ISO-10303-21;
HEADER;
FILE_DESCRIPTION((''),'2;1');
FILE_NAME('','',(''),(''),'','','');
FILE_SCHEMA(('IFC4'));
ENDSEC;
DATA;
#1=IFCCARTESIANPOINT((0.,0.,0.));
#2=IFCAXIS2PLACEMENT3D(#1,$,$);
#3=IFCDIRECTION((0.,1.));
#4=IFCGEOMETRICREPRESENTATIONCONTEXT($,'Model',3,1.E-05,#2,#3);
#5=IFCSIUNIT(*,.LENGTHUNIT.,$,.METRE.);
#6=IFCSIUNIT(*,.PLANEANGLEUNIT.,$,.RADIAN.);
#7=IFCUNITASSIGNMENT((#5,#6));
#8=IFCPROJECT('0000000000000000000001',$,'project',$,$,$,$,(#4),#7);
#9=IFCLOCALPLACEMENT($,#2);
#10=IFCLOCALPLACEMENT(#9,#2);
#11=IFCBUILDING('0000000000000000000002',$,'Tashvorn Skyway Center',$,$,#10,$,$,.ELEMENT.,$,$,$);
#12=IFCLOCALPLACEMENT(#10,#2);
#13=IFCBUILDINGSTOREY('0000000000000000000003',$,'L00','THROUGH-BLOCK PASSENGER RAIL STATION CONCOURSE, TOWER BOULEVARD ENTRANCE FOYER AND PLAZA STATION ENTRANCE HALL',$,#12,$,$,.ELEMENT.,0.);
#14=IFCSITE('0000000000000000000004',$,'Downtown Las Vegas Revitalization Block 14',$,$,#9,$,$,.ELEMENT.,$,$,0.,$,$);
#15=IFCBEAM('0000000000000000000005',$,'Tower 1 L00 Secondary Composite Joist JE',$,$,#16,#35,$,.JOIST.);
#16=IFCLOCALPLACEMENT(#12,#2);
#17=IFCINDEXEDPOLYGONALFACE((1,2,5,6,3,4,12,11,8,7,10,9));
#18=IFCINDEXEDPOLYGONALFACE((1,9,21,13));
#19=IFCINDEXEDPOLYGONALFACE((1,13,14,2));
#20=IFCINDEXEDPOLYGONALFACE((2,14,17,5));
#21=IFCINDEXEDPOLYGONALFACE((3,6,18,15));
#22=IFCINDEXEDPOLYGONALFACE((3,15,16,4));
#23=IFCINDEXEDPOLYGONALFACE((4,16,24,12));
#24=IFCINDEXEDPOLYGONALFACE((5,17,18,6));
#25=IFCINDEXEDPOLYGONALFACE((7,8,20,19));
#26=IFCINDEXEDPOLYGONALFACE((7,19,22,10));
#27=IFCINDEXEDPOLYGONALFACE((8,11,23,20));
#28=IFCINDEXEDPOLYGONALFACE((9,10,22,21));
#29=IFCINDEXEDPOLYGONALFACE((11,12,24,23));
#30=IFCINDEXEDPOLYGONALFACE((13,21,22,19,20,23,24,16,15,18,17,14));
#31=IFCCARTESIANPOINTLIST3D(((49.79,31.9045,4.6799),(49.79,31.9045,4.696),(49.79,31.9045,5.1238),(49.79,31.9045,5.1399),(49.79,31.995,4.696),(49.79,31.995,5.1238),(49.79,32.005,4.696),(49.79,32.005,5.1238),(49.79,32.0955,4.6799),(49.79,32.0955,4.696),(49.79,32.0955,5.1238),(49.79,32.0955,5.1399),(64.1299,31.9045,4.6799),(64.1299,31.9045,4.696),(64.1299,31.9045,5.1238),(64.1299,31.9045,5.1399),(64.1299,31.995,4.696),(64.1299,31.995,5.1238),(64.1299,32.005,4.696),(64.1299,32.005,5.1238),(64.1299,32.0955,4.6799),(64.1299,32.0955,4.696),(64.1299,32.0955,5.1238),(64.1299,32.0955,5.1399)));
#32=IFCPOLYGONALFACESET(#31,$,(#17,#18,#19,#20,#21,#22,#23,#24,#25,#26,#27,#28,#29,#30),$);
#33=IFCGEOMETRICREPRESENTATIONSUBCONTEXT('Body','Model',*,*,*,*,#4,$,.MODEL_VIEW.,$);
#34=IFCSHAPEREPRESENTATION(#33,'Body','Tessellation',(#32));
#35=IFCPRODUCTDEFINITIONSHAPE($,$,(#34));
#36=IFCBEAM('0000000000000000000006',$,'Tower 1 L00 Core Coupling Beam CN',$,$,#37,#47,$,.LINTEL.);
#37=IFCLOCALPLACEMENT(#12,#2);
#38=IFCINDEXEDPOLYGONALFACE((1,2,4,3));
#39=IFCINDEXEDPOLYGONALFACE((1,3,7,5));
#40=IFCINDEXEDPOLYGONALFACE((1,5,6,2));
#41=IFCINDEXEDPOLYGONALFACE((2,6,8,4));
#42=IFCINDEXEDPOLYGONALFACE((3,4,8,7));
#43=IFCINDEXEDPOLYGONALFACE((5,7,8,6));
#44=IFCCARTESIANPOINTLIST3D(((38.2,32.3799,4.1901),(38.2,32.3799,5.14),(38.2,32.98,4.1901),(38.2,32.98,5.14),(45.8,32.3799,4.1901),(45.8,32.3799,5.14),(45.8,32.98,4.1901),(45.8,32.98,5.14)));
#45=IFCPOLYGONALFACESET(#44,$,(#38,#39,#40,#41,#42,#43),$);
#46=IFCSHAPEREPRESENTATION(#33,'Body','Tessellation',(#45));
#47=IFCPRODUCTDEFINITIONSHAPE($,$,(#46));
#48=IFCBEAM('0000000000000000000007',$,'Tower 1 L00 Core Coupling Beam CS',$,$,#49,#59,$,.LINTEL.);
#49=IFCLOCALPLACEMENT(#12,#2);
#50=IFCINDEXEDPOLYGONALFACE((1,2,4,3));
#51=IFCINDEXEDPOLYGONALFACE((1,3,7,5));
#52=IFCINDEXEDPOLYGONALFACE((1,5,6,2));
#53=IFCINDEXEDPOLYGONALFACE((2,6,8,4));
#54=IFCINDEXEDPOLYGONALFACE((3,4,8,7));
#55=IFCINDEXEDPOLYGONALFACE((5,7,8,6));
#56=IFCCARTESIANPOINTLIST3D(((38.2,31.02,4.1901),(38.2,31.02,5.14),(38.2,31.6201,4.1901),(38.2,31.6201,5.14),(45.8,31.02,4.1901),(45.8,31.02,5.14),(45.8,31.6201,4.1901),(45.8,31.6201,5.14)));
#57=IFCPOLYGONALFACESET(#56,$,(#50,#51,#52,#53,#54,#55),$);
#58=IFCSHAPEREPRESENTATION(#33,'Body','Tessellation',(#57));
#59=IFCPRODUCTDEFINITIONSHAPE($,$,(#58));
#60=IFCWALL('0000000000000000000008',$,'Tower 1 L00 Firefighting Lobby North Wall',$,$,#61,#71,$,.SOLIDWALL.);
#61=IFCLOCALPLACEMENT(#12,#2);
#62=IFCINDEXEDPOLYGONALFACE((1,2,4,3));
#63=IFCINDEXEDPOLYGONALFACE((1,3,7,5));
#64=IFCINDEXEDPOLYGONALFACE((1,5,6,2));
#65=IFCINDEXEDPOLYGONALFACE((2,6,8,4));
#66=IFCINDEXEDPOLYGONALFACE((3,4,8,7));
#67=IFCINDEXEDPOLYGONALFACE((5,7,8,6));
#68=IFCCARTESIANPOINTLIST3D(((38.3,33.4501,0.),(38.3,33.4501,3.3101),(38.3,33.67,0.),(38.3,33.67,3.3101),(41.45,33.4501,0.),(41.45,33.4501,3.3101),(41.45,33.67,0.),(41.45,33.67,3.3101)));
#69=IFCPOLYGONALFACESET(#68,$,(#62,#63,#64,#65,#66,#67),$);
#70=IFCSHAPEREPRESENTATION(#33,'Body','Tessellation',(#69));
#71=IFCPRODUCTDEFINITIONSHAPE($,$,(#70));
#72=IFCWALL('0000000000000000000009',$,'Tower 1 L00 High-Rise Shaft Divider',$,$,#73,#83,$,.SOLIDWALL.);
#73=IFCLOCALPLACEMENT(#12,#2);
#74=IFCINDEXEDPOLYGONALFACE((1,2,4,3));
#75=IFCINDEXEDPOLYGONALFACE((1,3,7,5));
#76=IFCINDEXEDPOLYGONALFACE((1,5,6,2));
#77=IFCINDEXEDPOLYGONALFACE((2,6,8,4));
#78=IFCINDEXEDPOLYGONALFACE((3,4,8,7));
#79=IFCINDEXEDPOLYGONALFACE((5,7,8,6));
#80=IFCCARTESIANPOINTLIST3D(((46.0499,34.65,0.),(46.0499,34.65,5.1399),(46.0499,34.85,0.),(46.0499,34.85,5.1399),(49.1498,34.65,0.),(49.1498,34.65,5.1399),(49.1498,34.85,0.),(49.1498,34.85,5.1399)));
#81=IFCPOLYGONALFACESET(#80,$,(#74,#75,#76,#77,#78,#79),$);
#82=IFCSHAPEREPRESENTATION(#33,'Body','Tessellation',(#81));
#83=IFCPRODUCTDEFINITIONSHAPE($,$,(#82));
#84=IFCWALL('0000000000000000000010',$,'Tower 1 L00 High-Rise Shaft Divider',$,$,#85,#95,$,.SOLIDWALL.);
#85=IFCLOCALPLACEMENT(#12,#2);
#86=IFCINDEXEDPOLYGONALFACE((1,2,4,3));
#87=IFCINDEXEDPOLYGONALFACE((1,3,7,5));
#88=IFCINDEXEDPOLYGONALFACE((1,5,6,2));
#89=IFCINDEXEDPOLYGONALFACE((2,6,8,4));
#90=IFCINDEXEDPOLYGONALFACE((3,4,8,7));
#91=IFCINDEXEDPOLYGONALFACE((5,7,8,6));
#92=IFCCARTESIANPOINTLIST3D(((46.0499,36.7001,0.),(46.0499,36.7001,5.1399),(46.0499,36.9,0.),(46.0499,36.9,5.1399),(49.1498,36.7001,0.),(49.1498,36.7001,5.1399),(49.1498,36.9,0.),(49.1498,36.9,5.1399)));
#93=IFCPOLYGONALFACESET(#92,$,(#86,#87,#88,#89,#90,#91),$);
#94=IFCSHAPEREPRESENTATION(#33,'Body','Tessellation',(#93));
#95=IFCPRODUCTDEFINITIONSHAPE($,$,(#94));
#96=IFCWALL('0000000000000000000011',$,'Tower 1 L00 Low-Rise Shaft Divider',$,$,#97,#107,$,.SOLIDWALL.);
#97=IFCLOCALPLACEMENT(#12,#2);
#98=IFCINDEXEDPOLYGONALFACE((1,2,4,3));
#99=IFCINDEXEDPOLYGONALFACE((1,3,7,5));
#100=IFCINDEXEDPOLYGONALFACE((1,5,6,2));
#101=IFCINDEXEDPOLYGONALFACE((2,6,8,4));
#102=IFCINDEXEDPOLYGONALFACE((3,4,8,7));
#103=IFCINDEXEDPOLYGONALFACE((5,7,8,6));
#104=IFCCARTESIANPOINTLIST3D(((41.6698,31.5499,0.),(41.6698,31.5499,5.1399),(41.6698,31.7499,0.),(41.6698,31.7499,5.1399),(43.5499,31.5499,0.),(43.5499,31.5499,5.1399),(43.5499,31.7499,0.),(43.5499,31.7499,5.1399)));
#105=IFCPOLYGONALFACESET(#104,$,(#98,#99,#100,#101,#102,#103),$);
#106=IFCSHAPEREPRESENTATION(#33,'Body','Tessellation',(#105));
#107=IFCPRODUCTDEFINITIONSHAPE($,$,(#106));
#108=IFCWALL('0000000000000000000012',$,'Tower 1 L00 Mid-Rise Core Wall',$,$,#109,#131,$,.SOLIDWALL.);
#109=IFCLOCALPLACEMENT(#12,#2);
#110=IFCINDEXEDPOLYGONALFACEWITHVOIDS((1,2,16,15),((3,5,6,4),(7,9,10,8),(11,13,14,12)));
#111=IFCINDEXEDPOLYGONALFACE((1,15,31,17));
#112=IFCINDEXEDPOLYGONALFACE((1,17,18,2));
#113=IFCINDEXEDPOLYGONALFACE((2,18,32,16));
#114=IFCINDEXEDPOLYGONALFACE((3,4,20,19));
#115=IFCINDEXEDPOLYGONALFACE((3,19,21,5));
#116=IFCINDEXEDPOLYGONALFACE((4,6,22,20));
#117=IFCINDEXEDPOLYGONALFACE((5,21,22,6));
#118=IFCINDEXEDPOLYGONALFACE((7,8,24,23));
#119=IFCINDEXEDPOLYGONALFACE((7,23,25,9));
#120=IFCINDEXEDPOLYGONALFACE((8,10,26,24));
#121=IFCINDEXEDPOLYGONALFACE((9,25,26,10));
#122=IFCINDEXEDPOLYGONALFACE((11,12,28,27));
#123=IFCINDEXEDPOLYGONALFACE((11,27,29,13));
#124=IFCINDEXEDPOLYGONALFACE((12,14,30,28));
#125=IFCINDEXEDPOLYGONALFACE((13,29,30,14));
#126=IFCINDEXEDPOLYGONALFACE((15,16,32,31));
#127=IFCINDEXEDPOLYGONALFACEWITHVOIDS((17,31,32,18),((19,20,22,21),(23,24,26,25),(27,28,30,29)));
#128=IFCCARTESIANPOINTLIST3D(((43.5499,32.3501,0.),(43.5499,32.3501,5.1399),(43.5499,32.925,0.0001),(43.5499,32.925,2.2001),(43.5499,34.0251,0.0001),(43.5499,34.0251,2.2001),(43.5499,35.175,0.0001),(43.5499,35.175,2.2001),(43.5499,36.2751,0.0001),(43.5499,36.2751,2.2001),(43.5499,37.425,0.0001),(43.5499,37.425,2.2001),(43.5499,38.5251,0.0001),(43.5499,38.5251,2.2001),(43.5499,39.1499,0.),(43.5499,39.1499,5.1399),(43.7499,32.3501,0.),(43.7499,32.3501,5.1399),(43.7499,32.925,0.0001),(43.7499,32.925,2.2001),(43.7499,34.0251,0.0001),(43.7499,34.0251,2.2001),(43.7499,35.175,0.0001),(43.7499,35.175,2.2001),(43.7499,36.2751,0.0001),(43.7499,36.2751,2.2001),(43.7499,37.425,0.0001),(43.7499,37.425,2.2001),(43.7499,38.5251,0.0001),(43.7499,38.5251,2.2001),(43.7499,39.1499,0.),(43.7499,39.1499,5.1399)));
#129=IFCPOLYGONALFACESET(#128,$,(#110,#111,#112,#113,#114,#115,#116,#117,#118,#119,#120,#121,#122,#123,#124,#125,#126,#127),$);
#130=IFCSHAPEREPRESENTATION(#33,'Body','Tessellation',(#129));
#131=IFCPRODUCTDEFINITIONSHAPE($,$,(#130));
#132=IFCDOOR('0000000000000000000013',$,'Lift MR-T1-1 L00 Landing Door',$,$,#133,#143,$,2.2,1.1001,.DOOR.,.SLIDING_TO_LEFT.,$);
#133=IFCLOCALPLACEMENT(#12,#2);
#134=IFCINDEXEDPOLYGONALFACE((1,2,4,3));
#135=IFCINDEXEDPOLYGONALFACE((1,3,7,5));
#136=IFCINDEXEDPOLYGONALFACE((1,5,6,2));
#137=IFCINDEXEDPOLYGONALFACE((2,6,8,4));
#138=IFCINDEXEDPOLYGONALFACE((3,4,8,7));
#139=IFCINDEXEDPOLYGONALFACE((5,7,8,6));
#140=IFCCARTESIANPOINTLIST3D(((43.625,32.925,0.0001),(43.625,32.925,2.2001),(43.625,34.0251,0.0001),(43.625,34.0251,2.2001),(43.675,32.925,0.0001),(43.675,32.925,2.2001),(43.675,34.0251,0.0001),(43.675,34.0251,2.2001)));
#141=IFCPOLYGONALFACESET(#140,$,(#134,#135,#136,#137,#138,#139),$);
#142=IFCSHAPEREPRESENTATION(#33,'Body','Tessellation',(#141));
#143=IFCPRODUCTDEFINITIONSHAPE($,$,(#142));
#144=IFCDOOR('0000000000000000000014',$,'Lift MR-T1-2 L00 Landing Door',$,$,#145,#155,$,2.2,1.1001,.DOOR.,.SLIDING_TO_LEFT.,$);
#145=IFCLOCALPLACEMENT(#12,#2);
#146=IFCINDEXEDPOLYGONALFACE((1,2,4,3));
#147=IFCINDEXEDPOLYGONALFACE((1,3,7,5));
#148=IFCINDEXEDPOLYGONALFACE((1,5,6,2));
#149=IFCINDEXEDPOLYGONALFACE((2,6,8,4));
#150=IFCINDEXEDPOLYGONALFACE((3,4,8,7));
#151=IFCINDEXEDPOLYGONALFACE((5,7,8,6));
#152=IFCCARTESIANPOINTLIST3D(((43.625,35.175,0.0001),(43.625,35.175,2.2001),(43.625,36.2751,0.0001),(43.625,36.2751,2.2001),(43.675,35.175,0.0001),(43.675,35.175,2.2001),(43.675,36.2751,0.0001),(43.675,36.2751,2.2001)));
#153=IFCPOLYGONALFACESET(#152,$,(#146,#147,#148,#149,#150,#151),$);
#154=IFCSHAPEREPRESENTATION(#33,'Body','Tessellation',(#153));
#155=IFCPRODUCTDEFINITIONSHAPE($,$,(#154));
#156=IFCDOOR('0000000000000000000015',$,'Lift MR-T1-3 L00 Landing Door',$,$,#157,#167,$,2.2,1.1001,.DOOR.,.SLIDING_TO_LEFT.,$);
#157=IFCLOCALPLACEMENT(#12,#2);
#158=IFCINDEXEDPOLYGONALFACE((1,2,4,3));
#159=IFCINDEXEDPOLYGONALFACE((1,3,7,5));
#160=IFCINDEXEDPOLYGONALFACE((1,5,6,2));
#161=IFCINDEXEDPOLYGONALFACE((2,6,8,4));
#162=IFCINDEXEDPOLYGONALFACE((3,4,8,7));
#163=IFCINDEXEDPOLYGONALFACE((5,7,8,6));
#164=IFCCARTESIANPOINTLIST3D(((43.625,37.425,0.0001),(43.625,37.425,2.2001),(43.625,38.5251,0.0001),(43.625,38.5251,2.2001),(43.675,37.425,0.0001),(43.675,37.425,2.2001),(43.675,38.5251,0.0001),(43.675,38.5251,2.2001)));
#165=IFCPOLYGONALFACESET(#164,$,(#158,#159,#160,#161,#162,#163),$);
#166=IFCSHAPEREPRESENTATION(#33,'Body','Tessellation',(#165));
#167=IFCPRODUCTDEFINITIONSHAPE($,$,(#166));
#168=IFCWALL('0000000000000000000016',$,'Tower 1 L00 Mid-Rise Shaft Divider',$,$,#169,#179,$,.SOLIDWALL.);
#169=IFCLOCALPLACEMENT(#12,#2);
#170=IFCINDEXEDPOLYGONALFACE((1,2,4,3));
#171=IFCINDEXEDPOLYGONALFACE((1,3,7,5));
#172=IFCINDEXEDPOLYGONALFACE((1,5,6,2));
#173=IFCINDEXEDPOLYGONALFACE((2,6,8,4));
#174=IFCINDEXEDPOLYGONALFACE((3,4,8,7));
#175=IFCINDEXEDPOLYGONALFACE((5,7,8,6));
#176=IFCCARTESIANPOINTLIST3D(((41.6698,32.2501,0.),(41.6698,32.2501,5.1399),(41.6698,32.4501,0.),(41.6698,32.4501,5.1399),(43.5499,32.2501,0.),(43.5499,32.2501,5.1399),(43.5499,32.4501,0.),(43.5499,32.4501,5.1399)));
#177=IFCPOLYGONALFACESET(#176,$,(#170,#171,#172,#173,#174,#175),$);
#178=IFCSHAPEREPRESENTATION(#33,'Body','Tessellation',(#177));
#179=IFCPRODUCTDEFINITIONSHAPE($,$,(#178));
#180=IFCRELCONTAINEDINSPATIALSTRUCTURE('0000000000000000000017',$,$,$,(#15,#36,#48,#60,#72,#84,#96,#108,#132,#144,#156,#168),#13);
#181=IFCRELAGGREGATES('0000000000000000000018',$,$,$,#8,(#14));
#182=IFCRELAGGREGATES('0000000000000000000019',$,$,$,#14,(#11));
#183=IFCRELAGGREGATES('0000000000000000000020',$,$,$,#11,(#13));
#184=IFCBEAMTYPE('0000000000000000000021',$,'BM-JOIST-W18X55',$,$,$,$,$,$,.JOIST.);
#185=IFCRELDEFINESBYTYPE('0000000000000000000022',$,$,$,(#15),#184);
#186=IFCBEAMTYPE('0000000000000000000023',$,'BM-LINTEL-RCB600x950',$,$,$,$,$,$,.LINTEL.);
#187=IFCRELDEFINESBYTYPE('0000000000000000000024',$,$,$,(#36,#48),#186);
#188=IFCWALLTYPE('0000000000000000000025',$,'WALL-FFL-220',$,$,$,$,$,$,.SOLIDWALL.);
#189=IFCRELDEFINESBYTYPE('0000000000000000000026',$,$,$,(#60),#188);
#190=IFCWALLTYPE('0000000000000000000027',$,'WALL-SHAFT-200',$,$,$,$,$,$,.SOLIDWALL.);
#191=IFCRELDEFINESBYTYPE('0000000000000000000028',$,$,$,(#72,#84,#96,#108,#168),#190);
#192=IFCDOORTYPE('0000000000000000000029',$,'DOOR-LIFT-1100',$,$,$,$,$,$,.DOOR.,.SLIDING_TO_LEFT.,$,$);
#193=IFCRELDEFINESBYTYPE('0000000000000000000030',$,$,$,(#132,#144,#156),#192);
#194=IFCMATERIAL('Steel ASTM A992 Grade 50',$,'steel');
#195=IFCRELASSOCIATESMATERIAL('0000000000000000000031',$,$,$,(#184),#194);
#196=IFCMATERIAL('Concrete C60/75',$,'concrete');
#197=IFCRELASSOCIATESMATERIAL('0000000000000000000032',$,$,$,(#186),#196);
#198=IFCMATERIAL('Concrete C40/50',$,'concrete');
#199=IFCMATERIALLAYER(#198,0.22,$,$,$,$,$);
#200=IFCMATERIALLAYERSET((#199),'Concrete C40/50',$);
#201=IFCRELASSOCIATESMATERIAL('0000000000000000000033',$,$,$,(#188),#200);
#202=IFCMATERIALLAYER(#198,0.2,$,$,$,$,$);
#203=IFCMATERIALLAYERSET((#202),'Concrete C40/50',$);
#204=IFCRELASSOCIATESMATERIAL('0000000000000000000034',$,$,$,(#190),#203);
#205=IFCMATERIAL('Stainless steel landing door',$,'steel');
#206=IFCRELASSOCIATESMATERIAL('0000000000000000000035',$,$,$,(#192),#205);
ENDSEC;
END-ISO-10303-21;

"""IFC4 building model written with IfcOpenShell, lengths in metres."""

from ifc_helpers import new_model, si_unit, direction, frame, frame_2d, origin, origin_2d, place, context, subcontext, project, spatial, rectangle, i_section, extrude, material, layer, layer_set, material_profile, profile_set, type_object, element, fill, save


model = new_model("IFC4")

# Units and contexts
model_context = context("Model", 3, precision=1e-05, world=origin(), true_north=direction((0.0, 1.0)))
body_context = subcontext(model_context, "Body", "Model", "MODEL_VIEW")
ifc_project = project(units=[si_unit("LENGTHUNIT", "METRE"), si_unit("PLANEANGLEUNIT", "RADIAN")], contexts=[model_context])

# Site, building, storey
site_placement = place(None, origin())
site = spatial("IfcSite", under=ifc_project, at=site_placement, Name="Downtown Las Vegas Revitalization Block 14", CompositionType="ELEMENT", RefElevation=0.0)
building_placement = place(site_placement, origin())
building = spatial("IfcBuilding", under=site, at=building_placement, Name="Tashvorn Skyway Center", CompositionType="ELEMENT")
storey_placement = place(building_placement, origin())
storey = spatial("IfcBuildingStorey", under=building, at=storey_placement, Name="L00", Description="THROUGH-BLOCK PASSENGER RAIL STATION CONCOURSE, TOWER BOULEVARD ENTRANCE FOYER AND PLAZA STATION ENTRANCE HALL", CompositionType="ELEMENT", Elevation=0.0)

# Beams
ifc_material_1 = material(Name="Steel ASTM A992 Grade 50", Category="steel")
ifc_material_profile_1 = material_profile(ifc_material_1, i_section(OverallWidth=0.1909, OverallDepth=0.46, WebThickness=0.01, FlangeThickness=0.0161, at=origin_2d()), Name="W18X55")
ifc_profile_set_1 = profile_set([ifc_material_profile_1], Name="Steel ASTM A992 Grade 50")
beam_type_1 = type_object("IfcBeamType", Name="BM-JOIST-W18X55", PredefinedType="JOIST", material=ifc_profile_set_1)
beam_placement = place(storey_placement, frame((49.79, 32.0, 4.9099), z_axis=(1.0, 0.0, 0.0), x_axis=(0.0, 1.0, 0.0)))
element("IfcBeam", 1, at=beam_placement, inside=storey, type_object=beam_type_1, Name="Tower 1 L00 Secondary Composite Joist JE", PredefinedType="JOIST", context=body_context, shape_type="SweptSolid", body=[
    extrude(i_section(OverallWidth=0.1909, OverallDepth=0.46, WebThickness=0.01, FlangeThickness=0.0161, at=origin_2d()), origin(), (0.0, 0.0, 1.0), 14.3398),
])
ifc_material_2 = material(Name="Concrete C60/75", Category="concrete")
ifc_material_profile_2 = material_profile(ifc_material_2, rectangle(XDim=0.6001, YDim=0.95, at=origin_2d()), Name="RCB600x950")
ifc_profile_set_2 = profile_set([ifc_material_profile_2], Name="Concrete C60/75")
beam_type_2 = type_object("IfcBeamType", Name="BM-LINTEL-RCB600x950", PredefinedType="LINTEL", material=ifc_profile_set_2)
for number, where, z_axis, x_axis, name in (
    (2, (38.2, 32.6799, 4.665), (1.0, 0.0, 0.0), (0.0, 1.0, 0.0), "Tower 1 L00 Core Coupling Beam CN"),
    (3, (38.2, 31.3201, 4.665), (1.0, 0.0, 0.0), (0.0, 1.0, 0.0), "Tower 1 L00 Core Coupling Beam CS"),
):
    element("IfcBeam", number, at=place(storey_placement, frame(where, z_axis=z_axis, x_axis=x_axis)), inside=storey, type_object=beam_type_2, Name=name, PredefinedType="LINTEL", context=body_context, shape_type="SweptSolid", body=[
        extrude(rectangle(XDim=0.6001, YDim=0.95, at=origin_2d()), origin(), (0.0, 0.0, 1.0), 7.6001),
    ])

# Walls
ifc_material_3 = material(Name="Concrete C40/50", Category="concrete")
ifc_layer_1 = layer(ifc_material_3, 0.22)
ifc_layer_set_1 = layer_set([ifc_layer_1], Name="Concrete C40/50")
wall_type_1 = type_object("IfcWallType", Name="WALL-FFL-220", PredefinedType="SOLIDWALL", material=ifc_layer_set_1)
wall_1_placement = place(storey_placement, frame((38.3, 33.5601, 0.0), z_axis=(0.0, 0.0, 1.0), x_axis=(1.0, 0.0, 0.0)))
element("IfcWall", 4, at=wall_1_placement, inside=storey, type_object=wall_type_1, Name="Tower 1 L00 Firefighting Lobby North Wall", PredefinedType="SOLIDWALL", context=body_context, shape_type="SweptSolid", body=[
    extrude(rectangle(XDim=3.1499, YDim=0.22, at=frame_2d((1.575, 0.0))), origin(), (0.0, 0.0, 1.0), 3.3101),
])
ifc_layer_2 = layer(ifc_material_3, 0.2)
ifc_layer_set_2 = layer_set([ifc_layer_2], Name="Concrete C40/50")
wall_type_2 = type_object("IfcWallType", Name="WALL-SHAFT-200", PredefinedType="SOLIDWALL", material=ifc_layer_set_2)
for number, where, z_axis, x_axis, name in (
    (5, (46.05, 34.75, 0.0), (0.0, 0.0, 1.0), (1.0, 0.0, 0.0), "Tower 1 L00 High-Rise Shaft Divider"),
    (6, (46.05, 36.8, 0.0), (0.0, 0.0, 1.0), (1.0, 0.0, 0.0), "Tower 1 L00 High-Rise Shaft Divider"),
):
    element("IfcWall", number, at=place(storey_placement, frame(where, z_axis=z_axis, x_axis=x_axis)), inside=storey, type_object=wall_type_2, Name=name, PredefinedType="SOLIDWALL", context=body_context, shape_type="SweptSolid", body=[
        extrude(rectangle(XDim=3.0999, YDim=0.2, at=frame_2d((1.5498, 0.0))), origin(), (0.0, 0.0, 1.0), 5.1399),
    ])
wall_2_placement = place(storey_placement, frame((41.6699, 31.6499, 0.0), z_axis=(0.0, 0.0, 1.0), x_axis=(1.0, 0.0, 0.0)))
element("IfcWall", 7, at=wall_2_placement, inside=storey, type_object=wall_type_2, Name="Tower 1 L00 Low-Rise Shaft Divider", PredefinedType="SOLIDWALL", context=body_context, shape_type="SweptSolid", body=[
    extrude(rectangle(XDim=1.8801, YDim=0.2, at=frame_2d((0.9399, 0.0))), origin(), (0.0, 0.0, 1.0), 5.1399),
])

# Wall, openings, doors
wall_3_placement = place(storey_placement, frame((43.6499, 32.3501, 0.0), z_axis=(0.0, 0.0, 1.0), x_axis=(0.0, 1.0, 0.0)))
wall_3 = element("IfcWall", 8, at=wall_3_placement, inside=storey, type_object=wall_type_2, Name="Tower 1 L00 Mid-Rise Core Wall", PredefinedType="SOLIDWALL", context=body_context, shape_type="SweptSolid", body=[
    extrude(rectangle(XDim=6.7998, YDim=0.2, at=frame_2d((3.3999, 0.0))), origin(), (0.0, 0.0, 1.0), 5.1399),
])
opening_1_placement = place(wall_3_placement, frame((0.575, 0.0, 0.0)))
opening_1 = element("IfcOpeningElement", 9, at=opening_1_placement, cuts=wall_3, PredefinedType="OPENING", context=body_context, shape_type="SweptSolid", body=[
    extrude(rectangle(XDim=1.1001, YDim=2.2, at=frame_2d((0.55, 1.1001))), frame((0.0, 0.1099, 0.0), z_axis=(0.0, -1.0, 0.0), x_axis=(1.0, 0.0, 0.0)), (0.0, 0.0, 1.0), 0.22),
])
opening_2_placement = place(wall_3_placement, frame((2.825, 0.0, 0.0)))
opening_2 = element("IfcOpeningElement", 10, at=opening_2_placement, cuts=wall_3, PredefinedType="OPENING", context=body_context, shape_type="SweptSolid", body=[
    extrude(rectangle(XDim=1.1001, YDim=2.2, at=frame_2d((0.55, 1.1001))), frame((0.0, 0.1099, 0.0), z_axis=(0.0, -1.0, 0.0), x_axis=(1.0, 0.0, 0.0)), (0.0, 0.0, 1.0), 0.22),
])
opening_3_placement = place(wall_3_placement, frame((5.075, 0.0, 0.0)))
opening_3 = element("IfcOpeningElement", 11, at=opening_3_placement, cuts=wall_3, PredefinedType="OPENING", context=body_context, shape_type="SweptSolid", body=[
    extrude(rectangle(XDim=1.1001, YDim=2.2, at=frame_2d((0.55, 1.1001))), frame((0.0, 0.1099, 0.0), z_axis=(0.0, -1.0, 0.0), x_axis=(1.0, 0.0, 0.0)), (0.0, 0.0, 1.0), 0.22),
])
ifc_material_4 = material(Name="Stainless steel landing door", Category="steel")
door_type = type_object("IfcDoorType", Name="DOOR-LIFT-1100", OperationType="SLIDING_TO_LEFT", PredefinedType="DOOR", material=ifc_material_4)
door_1_placement = place(opening_1_placement, origin())
door_1 = element("IfcDoor", 12, at=door_1_placement, inside=storey, type_object=door_type, Name="Lift MR-T1-1 L00 Landing Door", OperationType="SLIDING_TO_LEFT", OverallHeight=2.2, OverallWidth=1.1001, PredefinedType="DOOR", context=body_context, shape_type="SweptSolid", body=[
    extrude(rectangle(XDim=1.1001, YDim=2.2, at=frame_2d((0.55, 1.1001))), frame((0.0, 0.0249, 0.0), z_axis=(0.0, -1.0, 0.0), x_axis=(1.0, 0.0, 0.0)), (0.0, 0.0, 1.0), 0.05),
])
fill(opening_1, door_1)
door_2_placement = place(opening_2_placement, origin())
door_2 = element("IfcDoor", 13, at=door_2_placement, inside=storey, type_object=door_type, Name="Lift MR-T1-2 L00 Landing Door", OperationType="SLIDING_TO_LEFT", OverallHeight=2.2, OverallWidth=1.1001, PredefinedType="DOOR", context=body_context, shape_type="SweptSolid", body=[
    extrude(rectangle(XDim=1.1001, YDim=2.2, at=frame_2d((0.55, 1.1001))), frame((0.0, 0.0249, 0.0), z_axis=(0.0, -1.0, 0.0), x_axis=(1.0, 0.0, 0.0)), (0.0, 0.0, 1.0), 0.05),
])
fill(opening_2, door_2)
door_3_placement = place(opening_3_placement, origin())
door_3 = element("IfcDoor", 14, at=door_3_placement, inside=storey, type_object=door_type, Name="Lift MR-T1-3 L00 Landing Door", OperationType="SLIDING_TO_LEFT", OverallHeight=2.2, OverallWidth=1.1001, PredefinedType="DOOR", context=body_context, shape_type="SweptSolid", body=[
    extrude(rectangle(XDim=1.1001, YDim=2.2, at=frame_2d((0.55, 1.1001))), frame((0.0, 0.0249, 0.0), z_axis=(0.0, -1.0, 0.0), x_axis=(1.0, 0.0, 0.0)), (0.0, 0.0, 1.0), 0.05),
])
fill(opening_3, door_3)

# Wall
for number, where, z_axis, x_axis, name in (
    (15, (41.6699, 32.3501, 0.0), (0.0, 0.0, 1.0), (1.0, 0.0, 0.0), "Tower 1 L00 Mid-Rise Shaft Divider"),
):
    element("IfcWall", number, at=place(storey_placement, frame(where, z_axis=z_axis, x_axis=x_axis)), inside=storey, type_object=wall_type_2, Name=name, PredefinedType="SOLIDWALL", context=body_context, shape_type="SweptSolid", body=[
        extrude(rectangle(XDim=1.8801, YDim=0.2, at=frame_2d((0.9399, 0.0))), origin(), (0.0, 0.0, 1.0), 5.1399),
    ])

save(model, "model.ifc")
